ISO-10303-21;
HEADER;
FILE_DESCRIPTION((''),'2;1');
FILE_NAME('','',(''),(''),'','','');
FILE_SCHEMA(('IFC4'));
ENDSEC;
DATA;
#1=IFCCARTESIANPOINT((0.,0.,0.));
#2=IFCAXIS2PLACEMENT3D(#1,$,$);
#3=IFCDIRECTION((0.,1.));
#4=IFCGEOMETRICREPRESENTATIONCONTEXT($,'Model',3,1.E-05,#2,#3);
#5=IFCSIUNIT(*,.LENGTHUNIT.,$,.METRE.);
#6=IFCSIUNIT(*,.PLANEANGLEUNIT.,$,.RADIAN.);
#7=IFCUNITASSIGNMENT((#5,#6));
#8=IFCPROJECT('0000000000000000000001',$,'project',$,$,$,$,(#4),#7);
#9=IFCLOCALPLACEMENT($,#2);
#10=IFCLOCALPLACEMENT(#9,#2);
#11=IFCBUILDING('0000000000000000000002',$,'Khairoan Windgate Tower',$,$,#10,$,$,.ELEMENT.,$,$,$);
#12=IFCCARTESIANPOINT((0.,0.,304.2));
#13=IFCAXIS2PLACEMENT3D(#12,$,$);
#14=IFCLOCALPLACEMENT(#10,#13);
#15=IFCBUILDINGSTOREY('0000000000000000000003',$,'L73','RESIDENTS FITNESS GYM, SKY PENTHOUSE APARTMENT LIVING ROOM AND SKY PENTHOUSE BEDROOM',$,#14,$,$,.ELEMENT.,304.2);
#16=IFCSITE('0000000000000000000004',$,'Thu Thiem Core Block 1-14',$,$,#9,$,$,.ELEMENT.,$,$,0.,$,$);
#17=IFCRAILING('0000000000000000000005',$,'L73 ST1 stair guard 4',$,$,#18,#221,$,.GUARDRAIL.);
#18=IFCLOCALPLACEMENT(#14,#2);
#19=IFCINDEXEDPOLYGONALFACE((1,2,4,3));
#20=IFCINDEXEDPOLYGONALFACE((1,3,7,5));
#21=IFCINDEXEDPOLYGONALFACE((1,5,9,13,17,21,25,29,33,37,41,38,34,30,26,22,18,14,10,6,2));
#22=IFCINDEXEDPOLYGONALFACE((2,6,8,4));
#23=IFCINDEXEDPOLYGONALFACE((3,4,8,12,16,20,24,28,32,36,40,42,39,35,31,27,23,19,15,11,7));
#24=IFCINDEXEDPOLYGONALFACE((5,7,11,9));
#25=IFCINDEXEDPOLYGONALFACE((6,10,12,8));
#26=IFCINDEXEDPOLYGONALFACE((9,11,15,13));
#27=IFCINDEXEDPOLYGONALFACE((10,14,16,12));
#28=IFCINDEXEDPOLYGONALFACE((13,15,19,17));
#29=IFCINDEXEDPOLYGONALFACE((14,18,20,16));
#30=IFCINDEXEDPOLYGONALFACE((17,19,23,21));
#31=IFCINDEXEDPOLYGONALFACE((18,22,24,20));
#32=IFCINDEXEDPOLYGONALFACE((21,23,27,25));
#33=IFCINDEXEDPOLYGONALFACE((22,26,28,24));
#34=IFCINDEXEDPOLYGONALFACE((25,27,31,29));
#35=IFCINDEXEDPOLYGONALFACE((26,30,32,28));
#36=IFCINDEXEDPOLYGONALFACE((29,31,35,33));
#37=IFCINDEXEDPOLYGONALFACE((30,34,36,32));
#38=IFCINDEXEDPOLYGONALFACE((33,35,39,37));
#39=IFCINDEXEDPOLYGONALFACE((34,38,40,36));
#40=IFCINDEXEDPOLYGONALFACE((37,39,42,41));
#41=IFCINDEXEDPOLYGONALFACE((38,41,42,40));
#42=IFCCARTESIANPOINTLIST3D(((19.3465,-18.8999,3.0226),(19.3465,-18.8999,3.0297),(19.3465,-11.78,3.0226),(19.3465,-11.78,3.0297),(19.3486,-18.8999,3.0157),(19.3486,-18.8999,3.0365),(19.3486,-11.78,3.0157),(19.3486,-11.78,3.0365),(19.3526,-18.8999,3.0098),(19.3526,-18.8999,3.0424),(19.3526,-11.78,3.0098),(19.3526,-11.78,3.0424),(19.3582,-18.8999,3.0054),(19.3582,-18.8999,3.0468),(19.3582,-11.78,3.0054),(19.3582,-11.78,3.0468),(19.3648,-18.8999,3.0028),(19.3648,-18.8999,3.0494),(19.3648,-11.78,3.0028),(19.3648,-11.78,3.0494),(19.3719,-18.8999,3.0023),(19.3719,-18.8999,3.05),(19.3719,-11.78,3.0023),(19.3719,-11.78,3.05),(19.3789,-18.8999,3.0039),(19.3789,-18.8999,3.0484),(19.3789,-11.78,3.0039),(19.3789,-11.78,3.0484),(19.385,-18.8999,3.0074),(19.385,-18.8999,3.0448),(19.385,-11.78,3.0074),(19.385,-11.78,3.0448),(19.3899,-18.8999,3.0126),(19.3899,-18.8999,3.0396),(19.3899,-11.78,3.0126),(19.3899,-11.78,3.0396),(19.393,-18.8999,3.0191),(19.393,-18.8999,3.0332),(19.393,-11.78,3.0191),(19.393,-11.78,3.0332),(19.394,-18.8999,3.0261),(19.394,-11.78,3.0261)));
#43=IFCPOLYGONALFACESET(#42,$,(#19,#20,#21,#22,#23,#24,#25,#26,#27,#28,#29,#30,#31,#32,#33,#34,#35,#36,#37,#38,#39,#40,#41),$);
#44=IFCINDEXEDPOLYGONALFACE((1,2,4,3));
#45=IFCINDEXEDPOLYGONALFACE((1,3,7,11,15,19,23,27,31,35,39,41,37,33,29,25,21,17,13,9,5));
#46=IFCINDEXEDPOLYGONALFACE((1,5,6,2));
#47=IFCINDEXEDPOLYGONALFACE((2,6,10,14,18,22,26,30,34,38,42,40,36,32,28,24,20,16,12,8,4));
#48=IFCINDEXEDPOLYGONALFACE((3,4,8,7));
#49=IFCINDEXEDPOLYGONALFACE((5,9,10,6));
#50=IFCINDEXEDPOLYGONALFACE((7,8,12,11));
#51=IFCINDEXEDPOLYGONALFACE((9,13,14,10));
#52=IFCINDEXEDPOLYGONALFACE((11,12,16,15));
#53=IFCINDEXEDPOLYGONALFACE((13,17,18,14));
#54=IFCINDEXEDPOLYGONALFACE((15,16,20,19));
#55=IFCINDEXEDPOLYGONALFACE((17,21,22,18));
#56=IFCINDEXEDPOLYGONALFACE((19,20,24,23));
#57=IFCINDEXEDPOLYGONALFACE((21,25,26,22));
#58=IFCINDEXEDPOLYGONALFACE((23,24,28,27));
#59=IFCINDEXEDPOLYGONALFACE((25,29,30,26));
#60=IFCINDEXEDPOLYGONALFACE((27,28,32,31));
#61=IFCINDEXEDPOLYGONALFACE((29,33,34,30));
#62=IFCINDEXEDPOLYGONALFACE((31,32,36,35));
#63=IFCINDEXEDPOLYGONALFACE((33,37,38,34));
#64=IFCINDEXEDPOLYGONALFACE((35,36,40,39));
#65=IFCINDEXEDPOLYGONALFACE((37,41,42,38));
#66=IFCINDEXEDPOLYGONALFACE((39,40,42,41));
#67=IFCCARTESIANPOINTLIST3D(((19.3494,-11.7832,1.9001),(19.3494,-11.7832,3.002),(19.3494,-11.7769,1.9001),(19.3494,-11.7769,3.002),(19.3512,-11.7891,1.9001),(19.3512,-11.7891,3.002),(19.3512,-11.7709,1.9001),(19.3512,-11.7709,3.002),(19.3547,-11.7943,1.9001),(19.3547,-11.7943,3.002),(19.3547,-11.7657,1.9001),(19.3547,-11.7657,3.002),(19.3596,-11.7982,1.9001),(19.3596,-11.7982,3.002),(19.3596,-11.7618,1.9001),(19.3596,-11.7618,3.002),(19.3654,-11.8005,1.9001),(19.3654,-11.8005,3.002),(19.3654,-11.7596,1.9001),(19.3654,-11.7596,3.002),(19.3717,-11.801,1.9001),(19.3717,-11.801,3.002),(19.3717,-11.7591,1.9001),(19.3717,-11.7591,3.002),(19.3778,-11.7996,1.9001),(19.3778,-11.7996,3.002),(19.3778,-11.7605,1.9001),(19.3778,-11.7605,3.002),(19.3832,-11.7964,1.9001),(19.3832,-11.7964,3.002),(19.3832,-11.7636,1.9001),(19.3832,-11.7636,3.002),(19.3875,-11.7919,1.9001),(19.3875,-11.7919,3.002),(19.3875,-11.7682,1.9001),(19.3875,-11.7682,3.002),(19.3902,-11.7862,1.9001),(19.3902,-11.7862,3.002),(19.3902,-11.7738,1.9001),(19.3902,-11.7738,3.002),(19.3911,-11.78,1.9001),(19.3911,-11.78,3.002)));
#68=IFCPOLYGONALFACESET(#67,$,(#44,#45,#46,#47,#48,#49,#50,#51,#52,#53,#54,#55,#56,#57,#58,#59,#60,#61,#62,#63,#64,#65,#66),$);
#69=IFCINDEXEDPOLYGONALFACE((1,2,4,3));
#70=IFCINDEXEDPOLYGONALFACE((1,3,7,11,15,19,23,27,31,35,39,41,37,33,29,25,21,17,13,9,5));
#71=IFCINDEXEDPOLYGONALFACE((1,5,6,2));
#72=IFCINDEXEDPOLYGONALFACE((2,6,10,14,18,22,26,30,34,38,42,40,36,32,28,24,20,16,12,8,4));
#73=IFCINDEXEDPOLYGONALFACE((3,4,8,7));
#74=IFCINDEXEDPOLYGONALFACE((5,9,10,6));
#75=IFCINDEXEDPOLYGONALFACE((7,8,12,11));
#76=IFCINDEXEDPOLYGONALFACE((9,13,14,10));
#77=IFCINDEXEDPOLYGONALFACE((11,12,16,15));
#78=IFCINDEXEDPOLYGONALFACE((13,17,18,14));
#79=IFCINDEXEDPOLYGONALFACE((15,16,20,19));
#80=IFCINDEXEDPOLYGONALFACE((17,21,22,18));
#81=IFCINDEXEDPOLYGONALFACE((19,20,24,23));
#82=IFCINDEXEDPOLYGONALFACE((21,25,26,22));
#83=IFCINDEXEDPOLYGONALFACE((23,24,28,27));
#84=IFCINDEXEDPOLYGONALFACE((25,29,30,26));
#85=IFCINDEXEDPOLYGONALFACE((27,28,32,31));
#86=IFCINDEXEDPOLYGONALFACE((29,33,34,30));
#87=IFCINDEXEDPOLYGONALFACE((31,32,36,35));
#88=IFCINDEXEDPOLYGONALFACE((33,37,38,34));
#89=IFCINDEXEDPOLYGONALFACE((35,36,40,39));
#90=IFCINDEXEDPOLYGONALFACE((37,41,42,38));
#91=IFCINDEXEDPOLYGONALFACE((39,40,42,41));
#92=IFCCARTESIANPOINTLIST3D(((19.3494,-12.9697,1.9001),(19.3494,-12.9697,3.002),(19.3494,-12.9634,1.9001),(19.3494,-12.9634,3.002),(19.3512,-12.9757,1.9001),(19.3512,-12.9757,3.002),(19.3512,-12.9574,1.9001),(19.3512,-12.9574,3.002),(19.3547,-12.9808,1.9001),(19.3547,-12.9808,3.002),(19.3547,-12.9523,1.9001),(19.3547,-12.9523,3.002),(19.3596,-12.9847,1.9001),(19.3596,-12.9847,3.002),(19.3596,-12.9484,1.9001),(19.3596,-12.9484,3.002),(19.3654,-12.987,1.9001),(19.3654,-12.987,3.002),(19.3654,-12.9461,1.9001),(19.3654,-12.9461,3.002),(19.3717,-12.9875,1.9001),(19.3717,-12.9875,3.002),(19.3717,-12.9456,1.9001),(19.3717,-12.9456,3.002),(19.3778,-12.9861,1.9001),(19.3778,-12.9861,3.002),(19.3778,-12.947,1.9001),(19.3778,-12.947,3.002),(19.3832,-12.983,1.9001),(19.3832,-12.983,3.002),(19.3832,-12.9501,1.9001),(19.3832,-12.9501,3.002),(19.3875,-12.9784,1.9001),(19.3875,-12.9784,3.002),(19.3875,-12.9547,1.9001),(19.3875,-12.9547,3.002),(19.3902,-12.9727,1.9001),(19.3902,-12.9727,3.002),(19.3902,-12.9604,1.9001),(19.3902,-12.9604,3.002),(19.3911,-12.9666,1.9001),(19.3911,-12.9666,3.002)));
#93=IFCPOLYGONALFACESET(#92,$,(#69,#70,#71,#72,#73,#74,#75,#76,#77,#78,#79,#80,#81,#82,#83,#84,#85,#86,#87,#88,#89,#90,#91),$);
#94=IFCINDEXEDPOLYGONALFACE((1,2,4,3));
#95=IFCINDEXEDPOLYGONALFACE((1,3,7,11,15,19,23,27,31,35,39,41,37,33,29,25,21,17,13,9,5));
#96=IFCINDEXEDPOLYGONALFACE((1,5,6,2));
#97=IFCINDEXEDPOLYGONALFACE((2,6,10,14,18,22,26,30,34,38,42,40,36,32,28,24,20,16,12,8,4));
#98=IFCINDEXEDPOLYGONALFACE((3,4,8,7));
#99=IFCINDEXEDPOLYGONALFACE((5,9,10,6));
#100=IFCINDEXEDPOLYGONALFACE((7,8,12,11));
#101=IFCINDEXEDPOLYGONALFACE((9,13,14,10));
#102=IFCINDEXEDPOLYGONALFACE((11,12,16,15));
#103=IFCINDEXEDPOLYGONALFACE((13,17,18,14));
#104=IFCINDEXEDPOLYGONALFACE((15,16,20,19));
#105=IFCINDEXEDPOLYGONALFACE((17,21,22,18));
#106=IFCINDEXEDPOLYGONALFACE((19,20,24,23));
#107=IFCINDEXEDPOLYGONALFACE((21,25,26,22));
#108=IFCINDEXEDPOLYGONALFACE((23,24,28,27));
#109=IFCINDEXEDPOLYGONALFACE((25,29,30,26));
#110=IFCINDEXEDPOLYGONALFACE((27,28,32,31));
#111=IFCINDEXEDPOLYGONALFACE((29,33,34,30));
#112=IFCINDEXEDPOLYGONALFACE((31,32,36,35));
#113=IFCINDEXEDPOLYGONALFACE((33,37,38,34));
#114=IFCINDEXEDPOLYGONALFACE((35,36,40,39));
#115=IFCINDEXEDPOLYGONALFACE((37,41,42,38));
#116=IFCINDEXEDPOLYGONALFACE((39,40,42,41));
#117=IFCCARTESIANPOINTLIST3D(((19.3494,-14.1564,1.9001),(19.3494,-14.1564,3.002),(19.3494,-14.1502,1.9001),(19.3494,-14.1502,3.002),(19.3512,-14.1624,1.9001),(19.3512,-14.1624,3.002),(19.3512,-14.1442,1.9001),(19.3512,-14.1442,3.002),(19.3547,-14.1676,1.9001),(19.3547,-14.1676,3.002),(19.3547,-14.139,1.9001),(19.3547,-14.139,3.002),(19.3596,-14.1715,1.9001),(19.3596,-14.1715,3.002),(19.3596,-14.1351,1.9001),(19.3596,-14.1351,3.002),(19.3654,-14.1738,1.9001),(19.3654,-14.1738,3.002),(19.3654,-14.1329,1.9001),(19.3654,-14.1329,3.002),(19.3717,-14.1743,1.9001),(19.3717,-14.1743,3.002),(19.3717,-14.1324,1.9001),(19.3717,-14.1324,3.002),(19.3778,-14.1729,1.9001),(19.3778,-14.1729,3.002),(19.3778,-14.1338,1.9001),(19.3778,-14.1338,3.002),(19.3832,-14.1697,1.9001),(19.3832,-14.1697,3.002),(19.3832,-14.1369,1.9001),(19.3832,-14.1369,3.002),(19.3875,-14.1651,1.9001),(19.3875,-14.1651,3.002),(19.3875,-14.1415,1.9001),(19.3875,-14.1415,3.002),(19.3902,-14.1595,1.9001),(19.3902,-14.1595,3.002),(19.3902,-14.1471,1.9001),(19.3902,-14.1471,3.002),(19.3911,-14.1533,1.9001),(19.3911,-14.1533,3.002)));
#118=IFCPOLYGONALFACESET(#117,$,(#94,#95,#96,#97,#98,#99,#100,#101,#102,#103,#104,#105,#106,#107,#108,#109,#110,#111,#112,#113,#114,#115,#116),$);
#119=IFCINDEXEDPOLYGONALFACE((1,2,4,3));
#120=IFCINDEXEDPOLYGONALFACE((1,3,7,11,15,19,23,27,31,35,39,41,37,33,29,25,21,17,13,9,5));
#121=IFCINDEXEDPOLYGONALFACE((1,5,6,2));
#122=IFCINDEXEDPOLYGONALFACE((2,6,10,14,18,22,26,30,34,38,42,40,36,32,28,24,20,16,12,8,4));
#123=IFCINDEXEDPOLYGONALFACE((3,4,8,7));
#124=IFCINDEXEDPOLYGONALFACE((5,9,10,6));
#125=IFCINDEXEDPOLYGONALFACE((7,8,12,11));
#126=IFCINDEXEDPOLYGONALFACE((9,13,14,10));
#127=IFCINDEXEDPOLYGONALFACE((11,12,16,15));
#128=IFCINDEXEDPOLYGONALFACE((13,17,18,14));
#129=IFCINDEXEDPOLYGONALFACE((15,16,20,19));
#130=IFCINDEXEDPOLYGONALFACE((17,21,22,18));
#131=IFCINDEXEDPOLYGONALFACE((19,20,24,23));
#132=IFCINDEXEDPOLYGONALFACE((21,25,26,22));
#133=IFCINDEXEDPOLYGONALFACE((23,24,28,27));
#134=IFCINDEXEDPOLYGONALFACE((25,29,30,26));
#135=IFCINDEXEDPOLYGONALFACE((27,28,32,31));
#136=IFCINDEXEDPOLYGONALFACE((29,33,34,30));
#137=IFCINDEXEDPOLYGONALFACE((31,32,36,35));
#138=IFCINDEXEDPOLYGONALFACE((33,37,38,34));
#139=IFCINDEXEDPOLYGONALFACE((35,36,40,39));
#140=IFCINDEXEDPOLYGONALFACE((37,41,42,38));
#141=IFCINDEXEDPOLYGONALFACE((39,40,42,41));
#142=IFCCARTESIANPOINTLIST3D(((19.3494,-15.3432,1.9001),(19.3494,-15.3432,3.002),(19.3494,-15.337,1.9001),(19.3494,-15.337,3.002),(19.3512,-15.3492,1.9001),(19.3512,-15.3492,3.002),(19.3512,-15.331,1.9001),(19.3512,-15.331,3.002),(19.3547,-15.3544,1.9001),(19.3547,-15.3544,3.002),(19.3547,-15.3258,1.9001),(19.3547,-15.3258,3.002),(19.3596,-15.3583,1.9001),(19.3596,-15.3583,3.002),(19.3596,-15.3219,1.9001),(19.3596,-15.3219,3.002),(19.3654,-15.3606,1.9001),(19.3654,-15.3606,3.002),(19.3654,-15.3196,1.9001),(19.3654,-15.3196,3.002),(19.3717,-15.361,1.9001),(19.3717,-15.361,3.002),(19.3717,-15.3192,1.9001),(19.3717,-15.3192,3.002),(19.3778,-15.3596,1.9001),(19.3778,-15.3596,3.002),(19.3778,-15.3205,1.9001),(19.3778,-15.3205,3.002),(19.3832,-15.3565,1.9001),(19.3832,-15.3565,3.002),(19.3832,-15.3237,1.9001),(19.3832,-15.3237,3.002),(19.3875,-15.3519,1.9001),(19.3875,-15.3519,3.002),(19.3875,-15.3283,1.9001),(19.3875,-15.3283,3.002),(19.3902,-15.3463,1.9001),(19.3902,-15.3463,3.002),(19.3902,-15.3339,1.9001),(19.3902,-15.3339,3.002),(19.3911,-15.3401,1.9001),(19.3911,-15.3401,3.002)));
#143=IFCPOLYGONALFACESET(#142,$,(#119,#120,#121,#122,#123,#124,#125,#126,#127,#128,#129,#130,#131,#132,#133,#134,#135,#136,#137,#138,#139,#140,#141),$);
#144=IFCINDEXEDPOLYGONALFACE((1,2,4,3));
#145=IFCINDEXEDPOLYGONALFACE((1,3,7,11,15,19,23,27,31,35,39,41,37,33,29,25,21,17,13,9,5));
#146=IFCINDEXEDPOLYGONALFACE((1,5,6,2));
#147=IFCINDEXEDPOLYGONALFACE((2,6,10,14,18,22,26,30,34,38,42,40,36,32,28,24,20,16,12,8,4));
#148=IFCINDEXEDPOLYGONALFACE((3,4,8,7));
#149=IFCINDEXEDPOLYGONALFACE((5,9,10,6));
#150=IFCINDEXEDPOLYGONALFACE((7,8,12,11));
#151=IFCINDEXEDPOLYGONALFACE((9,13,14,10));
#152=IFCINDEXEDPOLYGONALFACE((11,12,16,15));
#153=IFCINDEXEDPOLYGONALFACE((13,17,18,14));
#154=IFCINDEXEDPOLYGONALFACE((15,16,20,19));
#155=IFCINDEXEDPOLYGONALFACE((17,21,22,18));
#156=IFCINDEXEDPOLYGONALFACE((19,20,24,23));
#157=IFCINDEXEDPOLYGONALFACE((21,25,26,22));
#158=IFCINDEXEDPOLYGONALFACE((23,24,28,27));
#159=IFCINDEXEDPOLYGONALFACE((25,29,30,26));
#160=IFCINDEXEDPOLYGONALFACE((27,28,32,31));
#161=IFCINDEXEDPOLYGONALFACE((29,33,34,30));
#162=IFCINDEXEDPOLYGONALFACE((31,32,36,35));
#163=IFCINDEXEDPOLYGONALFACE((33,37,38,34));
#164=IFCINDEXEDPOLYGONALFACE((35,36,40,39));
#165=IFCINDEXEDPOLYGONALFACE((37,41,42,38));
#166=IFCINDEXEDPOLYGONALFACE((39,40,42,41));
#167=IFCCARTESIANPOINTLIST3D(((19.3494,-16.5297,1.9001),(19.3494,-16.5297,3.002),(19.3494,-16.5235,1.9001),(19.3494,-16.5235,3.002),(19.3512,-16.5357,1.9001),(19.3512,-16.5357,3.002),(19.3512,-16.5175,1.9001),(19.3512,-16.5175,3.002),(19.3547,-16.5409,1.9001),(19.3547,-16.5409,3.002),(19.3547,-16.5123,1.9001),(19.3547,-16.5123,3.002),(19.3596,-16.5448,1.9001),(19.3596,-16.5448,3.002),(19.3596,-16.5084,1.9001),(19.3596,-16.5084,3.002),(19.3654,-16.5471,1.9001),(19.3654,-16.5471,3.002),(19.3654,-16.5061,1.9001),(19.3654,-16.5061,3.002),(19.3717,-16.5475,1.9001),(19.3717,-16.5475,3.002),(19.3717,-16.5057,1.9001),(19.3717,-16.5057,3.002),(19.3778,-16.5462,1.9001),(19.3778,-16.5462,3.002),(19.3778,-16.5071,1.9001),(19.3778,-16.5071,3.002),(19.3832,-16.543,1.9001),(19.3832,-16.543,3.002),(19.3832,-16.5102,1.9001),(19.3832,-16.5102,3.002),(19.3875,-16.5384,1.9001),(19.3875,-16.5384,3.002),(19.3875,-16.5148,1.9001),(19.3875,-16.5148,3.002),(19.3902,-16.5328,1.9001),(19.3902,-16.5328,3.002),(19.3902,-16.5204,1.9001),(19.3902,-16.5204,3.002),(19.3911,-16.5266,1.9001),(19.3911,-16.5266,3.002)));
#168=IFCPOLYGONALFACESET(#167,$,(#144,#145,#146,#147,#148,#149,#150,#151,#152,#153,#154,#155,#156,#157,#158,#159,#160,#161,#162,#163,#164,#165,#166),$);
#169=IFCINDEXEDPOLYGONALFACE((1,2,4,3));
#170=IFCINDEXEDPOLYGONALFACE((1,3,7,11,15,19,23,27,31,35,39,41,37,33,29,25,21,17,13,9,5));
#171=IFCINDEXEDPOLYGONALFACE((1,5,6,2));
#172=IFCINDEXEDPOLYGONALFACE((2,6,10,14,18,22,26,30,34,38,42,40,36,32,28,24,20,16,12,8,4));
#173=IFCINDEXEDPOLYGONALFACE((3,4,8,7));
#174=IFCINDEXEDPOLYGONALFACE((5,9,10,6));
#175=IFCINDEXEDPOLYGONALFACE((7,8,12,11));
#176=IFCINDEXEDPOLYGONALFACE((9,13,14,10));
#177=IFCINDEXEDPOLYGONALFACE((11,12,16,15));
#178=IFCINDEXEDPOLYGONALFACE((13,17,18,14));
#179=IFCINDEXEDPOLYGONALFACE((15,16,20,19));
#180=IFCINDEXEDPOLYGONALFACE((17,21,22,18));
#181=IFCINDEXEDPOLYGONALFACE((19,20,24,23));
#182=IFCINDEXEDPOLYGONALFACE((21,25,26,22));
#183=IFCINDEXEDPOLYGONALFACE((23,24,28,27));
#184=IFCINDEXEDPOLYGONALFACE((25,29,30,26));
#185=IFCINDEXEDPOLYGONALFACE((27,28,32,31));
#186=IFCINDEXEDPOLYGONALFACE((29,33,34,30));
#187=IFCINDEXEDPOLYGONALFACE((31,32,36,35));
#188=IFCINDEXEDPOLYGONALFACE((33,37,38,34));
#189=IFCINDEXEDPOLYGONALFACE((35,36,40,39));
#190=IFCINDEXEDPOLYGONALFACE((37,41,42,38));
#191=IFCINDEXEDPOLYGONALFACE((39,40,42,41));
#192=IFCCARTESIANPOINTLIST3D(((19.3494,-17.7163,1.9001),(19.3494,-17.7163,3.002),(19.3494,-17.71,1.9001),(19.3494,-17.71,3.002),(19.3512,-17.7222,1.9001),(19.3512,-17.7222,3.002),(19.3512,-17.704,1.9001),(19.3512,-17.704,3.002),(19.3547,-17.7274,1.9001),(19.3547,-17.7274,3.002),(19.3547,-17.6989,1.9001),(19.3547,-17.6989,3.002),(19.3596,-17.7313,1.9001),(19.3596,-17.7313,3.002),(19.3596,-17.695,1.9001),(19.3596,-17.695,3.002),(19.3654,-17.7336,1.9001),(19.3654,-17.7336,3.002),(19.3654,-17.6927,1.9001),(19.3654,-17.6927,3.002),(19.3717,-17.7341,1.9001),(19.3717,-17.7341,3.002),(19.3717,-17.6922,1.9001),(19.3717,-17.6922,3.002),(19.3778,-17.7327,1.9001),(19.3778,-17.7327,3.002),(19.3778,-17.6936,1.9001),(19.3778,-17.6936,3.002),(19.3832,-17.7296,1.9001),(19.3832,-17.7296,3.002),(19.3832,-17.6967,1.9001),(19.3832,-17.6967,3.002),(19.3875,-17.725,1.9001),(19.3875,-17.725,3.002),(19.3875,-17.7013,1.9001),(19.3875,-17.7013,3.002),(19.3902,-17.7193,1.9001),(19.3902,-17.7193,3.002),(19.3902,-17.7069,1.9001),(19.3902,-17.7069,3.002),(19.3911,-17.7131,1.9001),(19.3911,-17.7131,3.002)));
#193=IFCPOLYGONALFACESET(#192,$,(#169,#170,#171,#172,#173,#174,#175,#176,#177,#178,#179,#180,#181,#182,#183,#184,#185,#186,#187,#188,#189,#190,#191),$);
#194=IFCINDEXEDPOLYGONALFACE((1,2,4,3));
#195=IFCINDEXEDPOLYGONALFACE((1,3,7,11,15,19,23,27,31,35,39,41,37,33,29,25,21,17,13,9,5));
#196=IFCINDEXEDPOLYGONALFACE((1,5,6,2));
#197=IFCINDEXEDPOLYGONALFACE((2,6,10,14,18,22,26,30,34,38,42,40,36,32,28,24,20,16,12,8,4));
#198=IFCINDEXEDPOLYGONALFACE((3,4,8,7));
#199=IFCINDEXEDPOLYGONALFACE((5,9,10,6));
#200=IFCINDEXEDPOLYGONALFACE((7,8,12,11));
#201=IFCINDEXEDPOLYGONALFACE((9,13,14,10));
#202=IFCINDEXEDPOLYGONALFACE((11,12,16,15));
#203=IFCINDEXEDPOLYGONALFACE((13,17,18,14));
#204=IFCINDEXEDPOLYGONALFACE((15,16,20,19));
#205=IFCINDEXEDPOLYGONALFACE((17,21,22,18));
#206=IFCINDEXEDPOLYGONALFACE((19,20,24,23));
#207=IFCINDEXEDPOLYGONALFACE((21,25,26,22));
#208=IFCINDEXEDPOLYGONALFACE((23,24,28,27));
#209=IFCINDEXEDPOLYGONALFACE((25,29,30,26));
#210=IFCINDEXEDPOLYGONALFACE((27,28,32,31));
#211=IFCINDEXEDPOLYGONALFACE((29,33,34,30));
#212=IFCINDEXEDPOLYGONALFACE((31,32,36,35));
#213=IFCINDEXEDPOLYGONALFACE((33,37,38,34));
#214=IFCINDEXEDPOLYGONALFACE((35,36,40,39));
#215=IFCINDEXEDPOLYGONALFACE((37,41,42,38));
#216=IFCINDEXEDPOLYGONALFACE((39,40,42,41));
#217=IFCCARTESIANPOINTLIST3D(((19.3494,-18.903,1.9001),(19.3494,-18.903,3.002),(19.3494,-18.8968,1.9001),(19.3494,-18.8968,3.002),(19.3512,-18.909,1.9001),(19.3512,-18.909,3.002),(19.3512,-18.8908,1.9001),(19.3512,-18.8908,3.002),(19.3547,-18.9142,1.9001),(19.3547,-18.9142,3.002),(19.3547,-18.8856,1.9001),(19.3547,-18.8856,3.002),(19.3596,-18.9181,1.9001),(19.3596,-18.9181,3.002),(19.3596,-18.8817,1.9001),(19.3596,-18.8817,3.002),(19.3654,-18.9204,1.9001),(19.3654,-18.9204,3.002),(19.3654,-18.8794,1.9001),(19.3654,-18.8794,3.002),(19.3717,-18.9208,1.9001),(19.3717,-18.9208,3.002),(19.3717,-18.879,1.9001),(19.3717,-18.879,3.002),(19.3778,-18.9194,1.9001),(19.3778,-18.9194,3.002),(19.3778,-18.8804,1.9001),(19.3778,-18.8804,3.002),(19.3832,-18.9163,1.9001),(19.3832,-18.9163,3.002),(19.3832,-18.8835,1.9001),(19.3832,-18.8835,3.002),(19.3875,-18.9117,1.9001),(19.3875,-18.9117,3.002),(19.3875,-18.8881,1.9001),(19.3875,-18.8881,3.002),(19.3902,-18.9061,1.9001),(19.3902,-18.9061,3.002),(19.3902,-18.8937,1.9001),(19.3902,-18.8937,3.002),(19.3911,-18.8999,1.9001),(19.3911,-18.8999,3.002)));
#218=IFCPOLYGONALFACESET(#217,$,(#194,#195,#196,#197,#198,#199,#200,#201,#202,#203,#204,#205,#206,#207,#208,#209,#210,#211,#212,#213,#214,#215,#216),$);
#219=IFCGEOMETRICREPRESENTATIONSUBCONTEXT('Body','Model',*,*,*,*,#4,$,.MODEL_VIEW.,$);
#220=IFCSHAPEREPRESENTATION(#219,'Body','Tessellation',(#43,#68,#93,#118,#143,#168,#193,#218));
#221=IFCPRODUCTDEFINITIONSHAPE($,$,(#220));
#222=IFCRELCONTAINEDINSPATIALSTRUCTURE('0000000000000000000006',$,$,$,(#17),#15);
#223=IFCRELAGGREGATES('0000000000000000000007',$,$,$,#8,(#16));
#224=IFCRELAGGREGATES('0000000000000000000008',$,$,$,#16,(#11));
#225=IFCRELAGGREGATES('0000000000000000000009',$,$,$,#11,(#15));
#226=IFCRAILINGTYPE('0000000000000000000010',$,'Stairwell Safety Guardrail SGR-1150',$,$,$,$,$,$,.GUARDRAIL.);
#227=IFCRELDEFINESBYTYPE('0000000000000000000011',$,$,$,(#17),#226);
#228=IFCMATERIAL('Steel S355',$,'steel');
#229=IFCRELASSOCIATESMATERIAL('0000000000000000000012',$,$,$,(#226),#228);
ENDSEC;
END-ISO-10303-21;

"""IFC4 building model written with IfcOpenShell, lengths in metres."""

from ifc_helpers import new_model, si_unit, direction, frame, origin, origin_2d, place, context, subcontext, project, spatial, circle, extrude, material, type_object, element, save


model = new_model("IFC4")

# Units and contexts
model_context = context("Model", 3, precision=1e-05, world=origin(), true_north=direction((0.0, 1.0)))
body_context = subcontext(model_context, "Body", "Model", "MODEL_VIEW")
ifc_project = project(units=[si_unit("LENGTHUNIT", "METRE"), si_unit("PLANEANGLEUNIT", "RADIAN")], contexts=[model_context])

# Site, building, storey
site_placement = place(None, origin())
site = spatial("IfcSite", under=ifc_project, at=site_placement, Name="Thu Thiem Core Block 1-14", CompositionType="ELEMENT", RefElevation=0.0)
building_placement = place(site_placement, origin())
building = spatial("IfcBuilding", under=site, at=building_placement, Name="Khairoan Windgate Tower", CompositionType="ELEMENT")
storey_placement = place(building_placement, frame((0.0, 0.0, 304.2)))
storey = spatial("IfcBuildingStorey", under=building, at=storey_placement, Name="L73", Description="RESIDENTS FITNESS GYM, SKY PENTHOUSE APARTMENT LIVING ROOM AND SKY PENTHOUSE BEDROOM", CompositionType="ELEMENT", Elevation=304.2)

# Railing
ifc_material_1 = material(Name="Steel S355", Category="steel")
railing_type_1 = type_object("IfcRailingType", Name="Stairwell Safety Guardrail SGR-1150", PredefinedType="GUARDRAIL", material=ifc_material_1)
railing_1_placement = place(storey_placement, frame((19.3701, -11.78, 1.9001)))
element("IfcRailing", 1, at=railing_1_placement, inside=storey, type_object=railing_type_1, Name="L73 ST1 stair guard 4", PredefinedType="GUARDRAIL", context=body_context, shape_type="SweptSolid", body=[
    extrude(circle(Radius=0.0239, at=origin_2d()), frame((0.0, 0.0, 1.126), z_axis=(0.0, -1.0, 0.0), x_axis=(1.0, 0.0, 0.0)), (0.0, 0.0, 1.0), 7.1199),
    extrude(circle(Radius=0.021, at=origin_2d()), origin(), (0.0, 0.0, 1.0), 1.1018),
    extrude(circle(Radius=0.021, at=origin_2d()), frame((0.0, -1.1865, 0.0)), (0.0, 0.0, 1.0), 1.1018),
    extrude(circle(Radius=0.021, at=origin_2d()), frame((0.0, -2.3733, 0.0)), (0.0, 0.0, 1.0), 1.1018),
    extrude(circle(Radius=0.021, at=origin_2d()), frame((0.0, -3.5601, 0.0)), (0.0, 0.0, 1.0), 1.1018),
    extrude(circle(Radius=0.021, at=origin_2d()), frame((0.0, -4.7466, 0.0)), (0.0, 0.0, 1.0), 1.1018),
    extrude(circle(Radius=0.021, at=origin_2d()), frame((0.0, -5.9331, 0.0)), (0.0, 0.0, 1.0), 1.1018),
    extrude(circle(Radius=0.021, at=origin_2d()), frame((0.0, -7.1199, 0.0)), (0.0, 0.0, 1.0), 1.1018),
])

save(model, "model.ifc")
